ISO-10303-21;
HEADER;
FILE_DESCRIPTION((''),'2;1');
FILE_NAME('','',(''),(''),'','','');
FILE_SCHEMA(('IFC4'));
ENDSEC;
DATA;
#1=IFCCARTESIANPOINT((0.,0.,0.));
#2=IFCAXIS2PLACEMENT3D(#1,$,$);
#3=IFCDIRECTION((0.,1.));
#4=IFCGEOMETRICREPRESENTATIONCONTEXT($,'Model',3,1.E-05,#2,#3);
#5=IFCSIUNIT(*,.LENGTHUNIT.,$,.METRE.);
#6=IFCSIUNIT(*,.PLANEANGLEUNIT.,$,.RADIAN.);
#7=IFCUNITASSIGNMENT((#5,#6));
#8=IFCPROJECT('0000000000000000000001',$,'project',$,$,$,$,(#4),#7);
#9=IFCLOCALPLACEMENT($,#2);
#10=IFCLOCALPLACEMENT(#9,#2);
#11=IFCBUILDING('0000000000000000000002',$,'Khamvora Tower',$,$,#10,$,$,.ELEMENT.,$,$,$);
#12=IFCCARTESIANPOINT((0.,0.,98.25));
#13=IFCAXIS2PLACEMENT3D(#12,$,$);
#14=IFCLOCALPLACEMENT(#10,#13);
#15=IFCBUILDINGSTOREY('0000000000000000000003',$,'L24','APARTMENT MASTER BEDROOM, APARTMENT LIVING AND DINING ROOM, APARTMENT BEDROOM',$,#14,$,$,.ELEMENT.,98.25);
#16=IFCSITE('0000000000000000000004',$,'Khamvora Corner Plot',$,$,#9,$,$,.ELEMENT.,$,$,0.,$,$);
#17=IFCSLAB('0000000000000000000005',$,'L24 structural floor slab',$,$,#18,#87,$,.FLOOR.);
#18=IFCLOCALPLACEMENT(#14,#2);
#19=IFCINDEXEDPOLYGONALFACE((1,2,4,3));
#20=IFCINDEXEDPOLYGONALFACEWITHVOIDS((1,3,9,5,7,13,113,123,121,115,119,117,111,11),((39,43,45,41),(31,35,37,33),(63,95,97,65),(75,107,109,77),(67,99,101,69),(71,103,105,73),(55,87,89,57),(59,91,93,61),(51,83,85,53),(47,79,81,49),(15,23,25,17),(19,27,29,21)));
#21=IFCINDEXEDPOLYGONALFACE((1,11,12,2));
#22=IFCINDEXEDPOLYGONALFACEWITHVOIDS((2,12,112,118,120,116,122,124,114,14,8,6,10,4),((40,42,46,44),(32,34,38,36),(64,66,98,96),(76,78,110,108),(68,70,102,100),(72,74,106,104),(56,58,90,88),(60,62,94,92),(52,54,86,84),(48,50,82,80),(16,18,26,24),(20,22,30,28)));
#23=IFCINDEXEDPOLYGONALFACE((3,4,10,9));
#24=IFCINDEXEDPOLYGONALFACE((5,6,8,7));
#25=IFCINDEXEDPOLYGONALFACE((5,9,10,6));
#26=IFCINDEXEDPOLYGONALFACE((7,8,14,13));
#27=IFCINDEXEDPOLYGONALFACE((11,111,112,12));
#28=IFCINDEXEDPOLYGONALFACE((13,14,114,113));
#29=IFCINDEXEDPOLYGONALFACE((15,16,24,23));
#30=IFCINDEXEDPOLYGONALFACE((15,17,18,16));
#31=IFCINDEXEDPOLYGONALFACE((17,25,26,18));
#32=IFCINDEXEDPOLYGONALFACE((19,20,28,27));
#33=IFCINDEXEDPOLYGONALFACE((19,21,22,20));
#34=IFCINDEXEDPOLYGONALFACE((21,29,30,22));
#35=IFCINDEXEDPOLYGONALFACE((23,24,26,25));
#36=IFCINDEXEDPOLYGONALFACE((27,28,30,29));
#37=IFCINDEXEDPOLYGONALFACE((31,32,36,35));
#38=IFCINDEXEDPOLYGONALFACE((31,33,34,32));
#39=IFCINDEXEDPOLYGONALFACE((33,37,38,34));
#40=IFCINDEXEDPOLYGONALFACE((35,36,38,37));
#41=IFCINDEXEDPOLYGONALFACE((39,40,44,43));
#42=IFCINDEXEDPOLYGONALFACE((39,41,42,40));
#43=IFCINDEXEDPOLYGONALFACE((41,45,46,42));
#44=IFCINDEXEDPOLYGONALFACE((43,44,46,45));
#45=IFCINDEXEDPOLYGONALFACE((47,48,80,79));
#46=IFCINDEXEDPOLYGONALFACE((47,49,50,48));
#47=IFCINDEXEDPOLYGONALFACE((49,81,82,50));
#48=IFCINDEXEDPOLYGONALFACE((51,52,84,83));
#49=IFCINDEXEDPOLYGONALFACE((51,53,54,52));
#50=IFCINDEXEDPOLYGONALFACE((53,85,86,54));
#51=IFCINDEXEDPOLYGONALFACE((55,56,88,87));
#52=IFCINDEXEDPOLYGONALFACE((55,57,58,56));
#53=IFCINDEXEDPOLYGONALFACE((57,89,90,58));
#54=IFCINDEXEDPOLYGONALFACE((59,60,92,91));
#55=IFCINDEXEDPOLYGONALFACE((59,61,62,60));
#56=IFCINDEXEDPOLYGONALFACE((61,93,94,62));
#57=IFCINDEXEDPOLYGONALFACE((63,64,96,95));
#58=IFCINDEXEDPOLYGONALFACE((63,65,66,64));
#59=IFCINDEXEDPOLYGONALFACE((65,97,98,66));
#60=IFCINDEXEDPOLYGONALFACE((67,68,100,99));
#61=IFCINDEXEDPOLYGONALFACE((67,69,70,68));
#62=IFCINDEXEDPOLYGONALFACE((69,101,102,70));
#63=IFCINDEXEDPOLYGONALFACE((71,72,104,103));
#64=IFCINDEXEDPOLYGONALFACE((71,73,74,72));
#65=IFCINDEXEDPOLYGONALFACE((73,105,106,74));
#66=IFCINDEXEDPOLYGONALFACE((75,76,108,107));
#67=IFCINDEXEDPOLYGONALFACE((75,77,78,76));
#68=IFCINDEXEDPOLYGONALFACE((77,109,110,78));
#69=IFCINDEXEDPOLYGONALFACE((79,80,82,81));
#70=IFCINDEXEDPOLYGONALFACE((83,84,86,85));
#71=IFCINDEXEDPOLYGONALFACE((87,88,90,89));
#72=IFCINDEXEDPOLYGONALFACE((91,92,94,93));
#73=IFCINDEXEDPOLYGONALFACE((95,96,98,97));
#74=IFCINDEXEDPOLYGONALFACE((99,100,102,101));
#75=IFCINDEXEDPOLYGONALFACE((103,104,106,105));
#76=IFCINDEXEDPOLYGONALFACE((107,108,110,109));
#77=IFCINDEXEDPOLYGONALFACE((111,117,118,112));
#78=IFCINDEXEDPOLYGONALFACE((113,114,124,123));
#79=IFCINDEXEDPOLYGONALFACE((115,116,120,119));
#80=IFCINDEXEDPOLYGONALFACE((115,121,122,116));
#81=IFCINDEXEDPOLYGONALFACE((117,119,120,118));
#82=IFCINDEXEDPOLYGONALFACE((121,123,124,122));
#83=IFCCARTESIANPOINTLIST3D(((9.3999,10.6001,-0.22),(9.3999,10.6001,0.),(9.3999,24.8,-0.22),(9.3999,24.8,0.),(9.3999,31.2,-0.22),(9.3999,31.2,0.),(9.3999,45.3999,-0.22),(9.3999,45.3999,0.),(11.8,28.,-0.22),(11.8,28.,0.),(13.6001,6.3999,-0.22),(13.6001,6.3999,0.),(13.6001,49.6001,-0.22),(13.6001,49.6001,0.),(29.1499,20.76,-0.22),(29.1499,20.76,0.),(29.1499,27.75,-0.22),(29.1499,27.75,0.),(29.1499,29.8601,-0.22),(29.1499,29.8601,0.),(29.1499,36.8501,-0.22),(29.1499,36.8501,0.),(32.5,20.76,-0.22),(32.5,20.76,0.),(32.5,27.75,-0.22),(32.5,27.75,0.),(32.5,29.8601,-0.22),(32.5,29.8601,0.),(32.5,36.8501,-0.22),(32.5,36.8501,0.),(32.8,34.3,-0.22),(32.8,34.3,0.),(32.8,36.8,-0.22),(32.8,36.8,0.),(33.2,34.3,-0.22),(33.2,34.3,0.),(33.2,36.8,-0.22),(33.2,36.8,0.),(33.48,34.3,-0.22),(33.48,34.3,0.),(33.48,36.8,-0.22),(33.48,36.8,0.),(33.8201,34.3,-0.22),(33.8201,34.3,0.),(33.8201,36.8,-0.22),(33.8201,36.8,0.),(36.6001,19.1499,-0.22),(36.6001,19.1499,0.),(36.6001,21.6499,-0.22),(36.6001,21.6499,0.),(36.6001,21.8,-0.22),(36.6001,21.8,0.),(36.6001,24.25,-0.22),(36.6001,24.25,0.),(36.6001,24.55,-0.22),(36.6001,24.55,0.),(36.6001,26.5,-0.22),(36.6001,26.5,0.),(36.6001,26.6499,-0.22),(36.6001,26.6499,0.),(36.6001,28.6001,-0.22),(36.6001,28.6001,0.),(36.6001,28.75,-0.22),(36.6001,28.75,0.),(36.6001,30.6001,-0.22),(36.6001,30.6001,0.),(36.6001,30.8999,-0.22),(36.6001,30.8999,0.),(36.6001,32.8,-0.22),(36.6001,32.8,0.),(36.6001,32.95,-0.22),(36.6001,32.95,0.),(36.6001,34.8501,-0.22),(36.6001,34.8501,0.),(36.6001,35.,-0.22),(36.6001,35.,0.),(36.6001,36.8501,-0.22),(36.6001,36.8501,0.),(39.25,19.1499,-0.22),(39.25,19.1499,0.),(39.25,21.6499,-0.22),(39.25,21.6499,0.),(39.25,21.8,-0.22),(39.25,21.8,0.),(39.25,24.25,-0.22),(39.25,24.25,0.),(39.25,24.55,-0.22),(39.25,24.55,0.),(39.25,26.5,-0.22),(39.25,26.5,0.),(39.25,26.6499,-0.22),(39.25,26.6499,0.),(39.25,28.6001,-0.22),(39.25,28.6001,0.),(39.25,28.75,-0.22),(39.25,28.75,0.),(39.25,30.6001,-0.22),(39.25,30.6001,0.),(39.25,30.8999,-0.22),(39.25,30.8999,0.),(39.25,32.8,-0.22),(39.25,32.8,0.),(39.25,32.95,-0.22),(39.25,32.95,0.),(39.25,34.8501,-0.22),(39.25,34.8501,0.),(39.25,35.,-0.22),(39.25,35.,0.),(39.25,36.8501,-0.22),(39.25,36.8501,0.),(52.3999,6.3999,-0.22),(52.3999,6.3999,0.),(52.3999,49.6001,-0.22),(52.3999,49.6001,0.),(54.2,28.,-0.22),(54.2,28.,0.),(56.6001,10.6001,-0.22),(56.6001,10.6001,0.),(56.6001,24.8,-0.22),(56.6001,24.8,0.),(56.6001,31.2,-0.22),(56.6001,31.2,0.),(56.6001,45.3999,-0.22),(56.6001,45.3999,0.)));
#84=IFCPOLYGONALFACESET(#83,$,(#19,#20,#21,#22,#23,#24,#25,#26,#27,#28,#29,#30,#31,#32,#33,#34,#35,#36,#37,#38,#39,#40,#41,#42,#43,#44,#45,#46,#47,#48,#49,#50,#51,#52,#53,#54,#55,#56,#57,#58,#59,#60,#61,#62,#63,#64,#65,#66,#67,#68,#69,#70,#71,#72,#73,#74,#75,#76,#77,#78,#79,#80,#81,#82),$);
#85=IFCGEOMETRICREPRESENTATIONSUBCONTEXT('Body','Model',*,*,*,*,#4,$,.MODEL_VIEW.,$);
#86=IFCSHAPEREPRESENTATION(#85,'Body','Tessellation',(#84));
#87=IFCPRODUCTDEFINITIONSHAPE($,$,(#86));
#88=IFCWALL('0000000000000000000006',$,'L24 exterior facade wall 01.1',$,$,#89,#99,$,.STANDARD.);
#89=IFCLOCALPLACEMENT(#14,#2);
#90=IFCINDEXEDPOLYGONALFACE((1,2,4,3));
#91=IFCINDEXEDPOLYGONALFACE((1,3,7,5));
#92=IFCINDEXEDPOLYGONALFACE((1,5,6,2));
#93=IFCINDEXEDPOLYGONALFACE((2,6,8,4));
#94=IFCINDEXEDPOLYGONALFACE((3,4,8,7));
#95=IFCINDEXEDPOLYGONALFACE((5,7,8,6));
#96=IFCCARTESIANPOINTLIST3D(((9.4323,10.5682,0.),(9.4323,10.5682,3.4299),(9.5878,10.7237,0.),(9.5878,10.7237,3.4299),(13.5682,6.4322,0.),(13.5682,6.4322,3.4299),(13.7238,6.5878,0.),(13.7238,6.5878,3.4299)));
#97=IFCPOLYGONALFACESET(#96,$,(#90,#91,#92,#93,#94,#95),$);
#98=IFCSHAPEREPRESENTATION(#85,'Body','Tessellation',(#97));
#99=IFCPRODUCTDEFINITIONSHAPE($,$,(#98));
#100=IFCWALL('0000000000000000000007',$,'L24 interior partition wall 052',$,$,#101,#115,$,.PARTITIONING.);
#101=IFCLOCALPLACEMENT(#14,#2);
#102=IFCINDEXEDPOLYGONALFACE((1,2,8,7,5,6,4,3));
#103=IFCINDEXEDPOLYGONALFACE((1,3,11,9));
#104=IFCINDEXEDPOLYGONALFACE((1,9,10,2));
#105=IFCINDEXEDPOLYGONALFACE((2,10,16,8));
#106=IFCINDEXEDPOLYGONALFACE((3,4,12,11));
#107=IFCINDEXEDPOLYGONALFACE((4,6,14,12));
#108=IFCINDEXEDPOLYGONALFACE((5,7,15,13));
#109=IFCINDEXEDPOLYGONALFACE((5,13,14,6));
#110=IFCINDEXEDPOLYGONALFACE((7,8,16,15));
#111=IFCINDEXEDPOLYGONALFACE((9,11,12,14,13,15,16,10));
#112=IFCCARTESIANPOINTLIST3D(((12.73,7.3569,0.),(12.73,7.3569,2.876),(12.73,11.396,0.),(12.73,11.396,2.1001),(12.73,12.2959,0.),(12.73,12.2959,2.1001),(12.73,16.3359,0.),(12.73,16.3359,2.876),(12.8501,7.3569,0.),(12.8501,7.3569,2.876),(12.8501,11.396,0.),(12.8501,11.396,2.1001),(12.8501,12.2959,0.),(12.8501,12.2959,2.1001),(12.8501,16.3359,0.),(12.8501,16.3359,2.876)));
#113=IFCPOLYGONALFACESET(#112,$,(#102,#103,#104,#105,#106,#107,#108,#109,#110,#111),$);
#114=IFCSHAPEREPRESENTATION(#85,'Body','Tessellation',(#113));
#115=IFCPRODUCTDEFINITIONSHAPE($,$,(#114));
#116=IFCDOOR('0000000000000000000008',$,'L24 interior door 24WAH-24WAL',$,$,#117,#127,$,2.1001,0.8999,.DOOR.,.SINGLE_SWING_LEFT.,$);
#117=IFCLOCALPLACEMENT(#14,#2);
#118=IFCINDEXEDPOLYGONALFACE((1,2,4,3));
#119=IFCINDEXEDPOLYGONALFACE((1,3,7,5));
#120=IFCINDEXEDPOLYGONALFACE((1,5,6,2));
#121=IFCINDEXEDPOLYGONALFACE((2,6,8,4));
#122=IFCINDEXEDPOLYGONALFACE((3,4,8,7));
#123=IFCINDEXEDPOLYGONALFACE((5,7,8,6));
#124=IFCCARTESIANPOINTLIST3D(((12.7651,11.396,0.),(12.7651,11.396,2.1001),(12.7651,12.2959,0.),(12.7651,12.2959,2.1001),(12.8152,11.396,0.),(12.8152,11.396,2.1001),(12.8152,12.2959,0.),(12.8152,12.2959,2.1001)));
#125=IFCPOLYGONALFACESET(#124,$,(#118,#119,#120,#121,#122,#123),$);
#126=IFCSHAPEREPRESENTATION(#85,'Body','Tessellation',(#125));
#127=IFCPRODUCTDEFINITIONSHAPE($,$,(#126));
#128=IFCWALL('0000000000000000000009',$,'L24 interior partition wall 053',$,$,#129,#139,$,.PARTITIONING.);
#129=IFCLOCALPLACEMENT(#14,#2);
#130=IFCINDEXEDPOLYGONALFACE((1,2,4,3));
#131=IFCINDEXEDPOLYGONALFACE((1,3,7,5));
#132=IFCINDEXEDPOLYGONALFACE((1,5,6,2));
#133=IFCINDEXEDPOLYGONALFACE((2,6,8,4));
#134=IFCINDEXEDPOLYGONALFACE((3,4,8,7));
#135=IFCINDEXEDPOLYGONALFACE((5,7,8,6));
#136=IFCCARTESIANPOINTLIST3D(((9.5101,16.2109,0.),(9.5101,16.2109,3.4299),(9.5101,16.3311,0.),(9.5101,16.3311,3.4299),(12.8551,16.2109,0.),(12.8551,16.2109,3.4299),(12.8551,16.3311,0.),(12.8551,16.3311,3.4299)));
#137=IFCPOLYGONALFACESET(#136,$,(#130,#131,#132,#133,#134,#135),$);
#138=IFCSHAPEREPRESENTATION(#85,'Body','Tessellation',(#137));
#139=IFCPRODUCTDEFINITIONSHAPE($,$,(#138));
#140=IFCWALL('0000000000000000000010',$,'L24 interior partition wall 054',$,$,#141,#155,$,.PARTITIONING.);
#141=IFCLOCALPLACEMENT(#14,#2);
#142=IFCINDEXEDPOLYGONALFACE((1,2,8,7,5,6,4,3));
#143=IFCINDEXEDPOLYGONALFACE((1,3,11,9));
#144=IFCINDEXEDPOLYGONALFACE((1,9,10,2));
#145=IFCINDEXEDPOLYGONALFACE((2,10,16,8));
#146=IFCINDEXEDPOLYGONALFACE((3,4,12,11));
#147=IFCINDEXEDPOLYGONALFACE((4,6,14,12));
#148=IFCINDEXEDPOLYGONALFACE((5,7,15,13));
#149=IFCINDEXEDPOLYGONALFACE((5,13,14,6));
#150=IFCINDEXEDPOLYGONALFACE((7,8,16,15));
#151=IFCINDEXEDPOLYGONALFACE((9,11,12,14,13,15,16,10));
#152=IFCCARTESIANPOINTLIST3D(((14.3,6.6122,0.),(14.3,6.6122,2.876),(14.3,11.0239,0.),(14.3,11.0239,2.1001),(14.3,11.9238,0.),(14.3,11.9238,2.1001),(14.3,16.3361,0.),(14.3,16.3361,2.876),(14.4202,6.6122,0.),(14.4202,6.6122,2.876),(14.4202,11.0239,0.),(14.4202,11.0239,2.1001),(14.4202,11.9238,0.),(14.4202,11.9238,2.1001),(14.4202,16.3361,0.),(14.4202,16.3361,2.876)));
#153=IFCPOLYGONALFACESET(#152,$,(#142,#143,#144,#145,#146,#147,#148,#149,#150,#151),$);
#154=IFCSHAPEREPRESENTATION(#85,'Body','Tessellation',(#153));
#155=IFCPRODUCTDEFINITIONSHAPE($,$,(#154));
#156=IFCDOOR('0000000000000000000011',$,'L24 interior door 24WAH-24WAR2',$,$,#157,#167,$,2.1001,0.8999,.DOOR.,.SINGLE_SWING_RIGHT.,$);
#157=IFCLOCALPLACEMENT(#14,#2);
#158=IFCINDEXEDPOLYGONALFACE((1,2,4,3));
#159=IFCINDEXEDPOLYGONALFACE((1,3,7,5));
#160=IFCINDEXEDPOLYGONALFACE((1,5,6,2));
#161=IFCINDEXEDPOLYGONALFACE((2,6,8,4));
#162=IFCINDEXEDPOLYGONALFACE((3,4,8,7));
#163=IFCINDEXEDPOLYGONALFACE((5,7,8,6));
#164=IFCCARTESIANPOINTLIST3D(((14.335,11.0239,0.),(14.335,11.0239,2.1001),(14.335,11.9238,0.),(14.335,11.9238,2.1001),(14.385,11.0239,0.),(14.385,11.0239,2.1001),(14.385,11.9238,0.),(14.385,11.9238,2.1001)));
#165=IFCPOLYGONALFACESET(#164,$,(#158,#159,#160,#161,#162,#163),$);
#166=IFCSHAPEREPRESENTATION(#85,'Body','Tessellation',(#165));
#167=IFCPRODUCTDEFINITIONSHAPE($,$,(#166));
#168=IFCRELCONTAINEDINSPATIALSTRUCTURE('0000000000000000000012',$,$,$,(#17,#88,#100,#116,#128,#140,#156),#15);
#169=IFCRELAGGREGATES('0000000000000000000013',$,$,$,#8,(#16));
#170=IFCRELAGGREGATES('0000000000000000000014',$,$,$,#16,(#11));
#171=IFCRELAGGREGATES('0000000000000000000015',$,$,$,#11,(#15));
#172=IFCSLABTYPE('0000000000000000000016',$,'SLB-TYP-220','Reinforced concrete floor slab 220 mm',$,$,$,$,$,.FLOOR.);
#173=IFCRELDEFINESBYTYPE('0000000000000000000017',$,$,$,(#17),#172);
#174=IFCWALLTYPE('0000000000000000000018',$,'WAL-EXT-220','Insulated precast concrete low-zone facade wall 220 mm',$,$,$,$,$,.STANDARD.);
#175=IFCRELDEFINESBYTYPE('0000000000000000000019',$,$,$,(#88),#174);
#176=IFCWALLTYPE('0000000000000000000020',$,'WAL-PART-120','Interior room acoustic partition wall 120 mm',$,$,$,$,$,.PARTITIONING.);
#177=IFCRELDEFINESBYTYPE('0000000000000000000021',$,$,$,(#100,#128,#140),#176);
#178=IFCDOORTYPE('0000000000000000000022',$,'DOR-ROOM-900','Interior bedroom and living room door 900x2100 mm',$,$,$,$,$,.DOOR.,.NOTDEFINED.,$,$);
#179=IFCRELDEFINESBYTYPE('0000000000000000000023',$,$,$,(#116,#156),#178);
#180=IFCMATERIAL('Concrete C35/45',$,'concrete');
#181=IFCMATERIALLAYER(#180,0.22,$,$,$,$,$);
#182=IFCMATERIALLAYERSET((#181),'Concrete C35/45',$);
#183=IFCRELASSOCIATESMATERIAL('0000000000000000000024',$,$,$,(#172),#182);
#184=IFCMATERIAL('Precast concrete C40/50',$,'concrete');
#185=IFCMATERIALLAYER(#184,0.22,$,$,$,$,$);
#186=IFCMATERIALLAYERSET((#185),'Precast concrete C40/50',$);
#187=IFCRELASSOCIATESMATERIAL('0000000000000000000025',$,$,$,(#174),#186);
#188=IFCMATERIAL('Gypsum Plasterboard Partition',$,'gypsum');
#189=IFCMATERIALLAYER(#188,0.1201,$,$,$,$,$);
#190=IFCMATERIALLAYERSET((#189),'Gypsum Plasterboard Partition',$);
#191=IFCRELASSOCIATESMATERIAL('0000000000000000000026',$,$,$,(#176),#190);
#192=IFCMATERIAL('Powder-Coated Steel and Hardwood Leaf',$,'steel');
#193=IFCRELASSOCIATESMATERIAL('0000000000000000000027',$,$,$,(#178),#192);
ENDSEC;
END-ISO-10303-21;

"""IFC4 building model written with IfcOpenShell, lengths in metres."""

from ifc_helpers import new_model, si_unit, direction, frame, frame_2d, origin, place, context, subcontext, project, spatial, polyline, rectangle, outline, extrude, material, layer, layer_set, type_object, element, fill, save


model = new_model("IFC4")

# Units and contexts
model_context = context("Model", 3, precision=1e-05, world=origin(), true_north=direction((0.0, 1.0)))
body_context = subcontext(model_context, "Body", "Model", "MODEL_VIEW")
ifc_project = project(units=[si_unit("LENGTHUNIT", "METRE"), si_unit("PLANEANGLEUNIT", "RADIAN")], contexts=[model_context])

# Site, building, storey
site_placement = place(None, origin())
site = spatial("IfcSite", under=ifc_project, at=site_placement, Name="Khamvora Corner Plot", CompositionType="ELEMENT", RefElevation=0.0)
building_placement = place(site_placement, origin())
building = spatial("IfcBuilding", under=site, at=building_placement, Name="Khamvora Tower", CompositionType="ELEMENT")
storey_placement = place(building_placement, frame((0.0, 0.0, 98.25)))
storey = spatial("IfcBuildingStorey", under=building, at=storey_placement, Name="L24", Description="APARTMENT MASTER BEDROOM, APARTMENT LIVING AND DINING ROOM, APARTMENT BEDROOM", CompositionType="ELEMENT", Elevation=98.25)

# Slab
ifc_material_1 = material(Name="Concrete C35/45", Category="concrete")
ifc_layer_1 = layer(ifc_material_1, 0.22)
ifc_layer_set_1 = layer_set([ifc_layer_1], Name="Concrete C35/45")
slab_type_1 = type_object("IfcSlabType", Name="SLB-TYP-220", Description="Reinforced concrete floor slab 220 mm", PredefinedType="FLOOR", material=ifc_layer_set_1)
slab_1_placement = place(storey_placement, frame((0.0, 0.0, -0.22)))
element("IfcSlab", 1, at=slab_1_placement, inside=storey, type_object=slab_type_1, Name="L24 structural floor slab", PredefinedType="FLOOR", context=body_context, shape_type="SweptSolid", body=[
    extrude(outline(polyline([(13.6001, 6.3999), (52.3999, 6.3999), (56.6001, 10.6001), (56.6001, 24.8), (54.2, 28.0), (56.6001, 31.2), (56.6001, 45.3999), (52.3999, 49.6001), (13.6001, 49.6001), (9.3999, 45.3999), (9.3999, 31.2), (11.8, 28.0), (9.3999, 24.8), (9.3999, 10.6001), (13.6001, 6.3999)]), holes=[polyline([(32.5, 20.76), (32.5, 27.75), (29.1499, 27.75), (29.1499, 20.76), (32.5, 20.76)]), polyline([(32.5, 29.8601), (32.5, 36.8501), (29.1499, 36.8501), (29.1499, 29.8601), (32.5, 29.8601)]), polyline([(36.6001, 19.1499), (39.25, 19.1499), (39.25, 21.6499), (36.6001, 21.6499), (36.6001, 19.1499)]), polyline([(36.6001, 21.8), (39.25, 21.8), (39.25, 24.25), (36.6001, 24.25), (36.6001, 21.8)]), polyline([(36.6001, 24.55), (39.25, 24.55), (39.25, 26.5), (36.6001, 26.5), (36.6001, 24.55)]), polyline([(36.6001, 26.6499), (39.25, 26.6499), (39.25, 28.6001), (36.6001, 28.6001), (36.6001, 26.6499)]), polyline([(36.6001, 28.75), (39.25, 28.75), (39.25, 30.6001), (36.6001, 30.6001), (36.6001, 28.75)]), polyline([(36.6001, 30.8999), (39.25, 30.8999), (39.25, 32.8), (36.6001, 32.8), (36.6001, 30.8999)]), polyline([(36.6001, 32.95), (39.25, 32.95), (39.25, 34.8501), (36.6001, 34.8501), (36.6001, 32.95)]), polyline([(36.6001, 35.0), (39.25, 35.0), (39.25, 36.8501), (36.6001, 36.8501), (36.6001, 35.0)]), polyline([(32.8, 34.3), (33.2, 34.3), (33.2, 36.8), (32.8, 36.8), (32.8, 34.3)]), polyline([(33.48, 34.3), (33.8201, 34.3), (33.8201, 36.8), (33.48, 36.8), (33.48, 34.3)])]), origin(), (0.0, 0.0, 1.0), 0.22),
])

# Wall
ifc_material_2 = material(Name="Precast concrete C40/50", Category="concrete")
ifc_layer_2 = layer(ifc_material_2, 0.22)
ifc_layer_set_2 = layer_set([ifc_layer_2], Name="Precast concrete C40/50")
wall_type_1 = type_object("IfcWallType", Name="WAL-EXT-220", Description="Insulated precast concrete low-zone facade wall 220 mm", PredefinedType="STANDARD", material=ifc_layer_set_2)
wall_1_placement = place(storey_placement, frame((13.646, 6.51, 0.0), z_axis=(0.0, 0.0, 1.0), x_axis=(-0.707107, 0.707107, 0.0)))
element("IfcWall", 2, at=wall_1_placement, inside=storey, type_object=wall_type_1, Name="L24 exterior facade wall 01.1", PredefinedType="STANDARD", context=body_context, shape_type="SweptSolid", body=[
    extrude(rectangle(XDim=5.8491, YDim=0.22, at=frame_2d((2.9246, 0.0))), origin(), (0.0, 0.0, 1.0), 3.4299),
])

# Wall, opening, door
ifc_material_3 = material(Name="Gypsum Plasterboard Partition", Category="gypsum")
ifc_layer_3 = layer(ifc_material_3, 0.1201)
ifc_layer_set_3 = layer_set([ifc_layer_3], Name="Gypsum Plasterboard Partition")
wall_type_2 = type_object("IfcWallType", Name="WAL-PART-120", Description="Interior room acoustic partition wall 120 mm", PredefinedType="PARTITIONING", material=ifc_layer_set_3)
wall_2_placement = place(storey_placement, frame((12.79, 7.3569, 0.0), z_axis=(0.0, 0.0, 1.0), x_axis=(0.0, 1.0, 0.0)))
wall_2 = element("IfcWall", 3, at=wall_2_placement, inside=storey, type_object=wall_type_2, Name="L24 interior partition wall 052", PredefinedType="PARTITIONING", context=body_context, shape_type="SweptSolid", body=[
    extrude(rectangle(XDim=8.979, YDim=0.1201, at=frame_2d((4.4895, 0.0))), origin(), (0.0, 0.0, 1.0), 2.876),
])
opening_1_placement = place(wall_2_placement, frame((4.0391, 0.0, 0.0)))
opening_1 = element("IfcOpeningElement", 4, at=opening_1_placement, cuts=wall_2, PredefinedType="OPENING", context=body_context, shape_type="SweptSolid", body=[
    extrude(rectangle(XDim=0.8999, YDim=2.1001, at=frame_2d((0.45, 1.05))), frame((0.0, 0.0701, 0.0), z_axis=(0.0, -1.0, 0.0), x_axis=(1.0, 0.0, 0.0)), (0.0, 0.0, 1.0), 0.1401),
])
ifc_material_4 = material(Name="Powder-Coated Steel and Hardwood Leaf", Category="steel")
door_type = type_object("IfcDoorType", Name="DOR-ROOM-900", Description="Interior bedroom and living room door 900x2100 mm", OperationType="NOTDEFINED", PredefinedType="DOOR", material=ifc_material_4)
door_1_placement = place(opening_1_placement, origin())
door_1 = element("IfcDoor", 5, at=door_1_placement, inside=storey, type_object=door_type, Name="L24 interior door 24WAH-24WAL", OperationType="SINGLE_SWING_LEFT", OverallHeight=2.1001, OverallWidth=0.8999, PredefinedType="DOOR", context=body_context, shape_type="SweptSolid", body=[
    extrude(rectangle(XDim=0.8999, YDim=2.1001, at=frame_2d((0.45, 1.05))), frame((0.0, 0.0249, 0.0), z_axis=(0.0, -1.0, 0.0), x_axis=(1.0, 0.0, 0.0)), (0.0, 0.0, 1.0), 0.05),
])
fill(opening_1, door_1)

# Wall
wall_3_placement = place(storey_placement, frame((12.855, 16.271, 0.0), z_axis=(0.0, 0.0, 1.0), x_axis=(-1.0, 0.0, 0.0)))
element("IfcWall", 6, at=wall_3_placement, inside=storey, type_object=wall_type_2, Name="L24 interior partition wall 053", PredefinedType="PARTITIONING", context=body_context, shape_type="SweptSolid", body=[
    extrude(rectangle(XDim=3.345, YDim=0.1201, at=frame_2d((1.6724, 0.0))), origin(), (0.0, 0.0, 1.0), 3.4299),
])

# Wall, opening, door
wall_4_placement = place(storey_placement, frame((14.3601, 16.3359, 0.0), z_axis=(0.0, 0.0, 1.0), x_axis=(0.0, -1.0, 0.0)))
wall_4 = element("IfcWall", 7, at=wall_4_placement, inside=storey, type_object=wall_type_2, Name="L24 interior partition wall 054", PredefinedType="PARTITIONING", context=body_context, shape_type="SweptSolid", body=[
    extrude(rectangle(XDim=9.7239, YDim=0.1201, at=frame_2d((4.8618, 0.0))), origin(), (0.0, 0.0, 1.0), 2.876),
])
opening_2_placement = place(wall_4_placement, frame((4.4121, 0.0, 0.0)))
opening_2 = element("IfcOpeningElement", 8, at=opening_2_placement, cuts=wall_4, PredefinedType="OPENING", context=body_context, shape_type="SweptSolid", body=[
    extrude(rectangle(XDim=0.8999, YDim=2.1001, at=frame_2d((0.45, 1.05))), frame((0.0, 0.0701, 0.0), z_axis=(0.0, -1.0, 0.0), x_axis=(1.0, 0.0, 0.0)), (0.0, 0.0, 1.0), 0.1401),
])
door_2_placement = place(opening_2_placement, origin())
door_2 = element("IfcDoor", 9, at=door_2_placement, inside=storey, type_object=door_type, Name="L24 interior door 24WAH-24WAR2", OperationType="SINGLE_SWING_RIGHT", OverallHeight=2.1001, OverallWidth=0.8999, PredefinedType="DOOR", context=body_context, shape_type="SweptSolid", body=[
    extrude(rectangle(XDim=0.8999, YDim=2.1001, at=frame_2d((0.45, 1.05))), frame((0.0, 0.0249, 0.0), z_axis=(0.0, -1.0, 0.0), x_axis=(1.0, 0.0, 0.0)), (0.0, 0.0, 1.0), 0.05),
])
fill(opening_2, door_2)

save(model, "model.ifc")
